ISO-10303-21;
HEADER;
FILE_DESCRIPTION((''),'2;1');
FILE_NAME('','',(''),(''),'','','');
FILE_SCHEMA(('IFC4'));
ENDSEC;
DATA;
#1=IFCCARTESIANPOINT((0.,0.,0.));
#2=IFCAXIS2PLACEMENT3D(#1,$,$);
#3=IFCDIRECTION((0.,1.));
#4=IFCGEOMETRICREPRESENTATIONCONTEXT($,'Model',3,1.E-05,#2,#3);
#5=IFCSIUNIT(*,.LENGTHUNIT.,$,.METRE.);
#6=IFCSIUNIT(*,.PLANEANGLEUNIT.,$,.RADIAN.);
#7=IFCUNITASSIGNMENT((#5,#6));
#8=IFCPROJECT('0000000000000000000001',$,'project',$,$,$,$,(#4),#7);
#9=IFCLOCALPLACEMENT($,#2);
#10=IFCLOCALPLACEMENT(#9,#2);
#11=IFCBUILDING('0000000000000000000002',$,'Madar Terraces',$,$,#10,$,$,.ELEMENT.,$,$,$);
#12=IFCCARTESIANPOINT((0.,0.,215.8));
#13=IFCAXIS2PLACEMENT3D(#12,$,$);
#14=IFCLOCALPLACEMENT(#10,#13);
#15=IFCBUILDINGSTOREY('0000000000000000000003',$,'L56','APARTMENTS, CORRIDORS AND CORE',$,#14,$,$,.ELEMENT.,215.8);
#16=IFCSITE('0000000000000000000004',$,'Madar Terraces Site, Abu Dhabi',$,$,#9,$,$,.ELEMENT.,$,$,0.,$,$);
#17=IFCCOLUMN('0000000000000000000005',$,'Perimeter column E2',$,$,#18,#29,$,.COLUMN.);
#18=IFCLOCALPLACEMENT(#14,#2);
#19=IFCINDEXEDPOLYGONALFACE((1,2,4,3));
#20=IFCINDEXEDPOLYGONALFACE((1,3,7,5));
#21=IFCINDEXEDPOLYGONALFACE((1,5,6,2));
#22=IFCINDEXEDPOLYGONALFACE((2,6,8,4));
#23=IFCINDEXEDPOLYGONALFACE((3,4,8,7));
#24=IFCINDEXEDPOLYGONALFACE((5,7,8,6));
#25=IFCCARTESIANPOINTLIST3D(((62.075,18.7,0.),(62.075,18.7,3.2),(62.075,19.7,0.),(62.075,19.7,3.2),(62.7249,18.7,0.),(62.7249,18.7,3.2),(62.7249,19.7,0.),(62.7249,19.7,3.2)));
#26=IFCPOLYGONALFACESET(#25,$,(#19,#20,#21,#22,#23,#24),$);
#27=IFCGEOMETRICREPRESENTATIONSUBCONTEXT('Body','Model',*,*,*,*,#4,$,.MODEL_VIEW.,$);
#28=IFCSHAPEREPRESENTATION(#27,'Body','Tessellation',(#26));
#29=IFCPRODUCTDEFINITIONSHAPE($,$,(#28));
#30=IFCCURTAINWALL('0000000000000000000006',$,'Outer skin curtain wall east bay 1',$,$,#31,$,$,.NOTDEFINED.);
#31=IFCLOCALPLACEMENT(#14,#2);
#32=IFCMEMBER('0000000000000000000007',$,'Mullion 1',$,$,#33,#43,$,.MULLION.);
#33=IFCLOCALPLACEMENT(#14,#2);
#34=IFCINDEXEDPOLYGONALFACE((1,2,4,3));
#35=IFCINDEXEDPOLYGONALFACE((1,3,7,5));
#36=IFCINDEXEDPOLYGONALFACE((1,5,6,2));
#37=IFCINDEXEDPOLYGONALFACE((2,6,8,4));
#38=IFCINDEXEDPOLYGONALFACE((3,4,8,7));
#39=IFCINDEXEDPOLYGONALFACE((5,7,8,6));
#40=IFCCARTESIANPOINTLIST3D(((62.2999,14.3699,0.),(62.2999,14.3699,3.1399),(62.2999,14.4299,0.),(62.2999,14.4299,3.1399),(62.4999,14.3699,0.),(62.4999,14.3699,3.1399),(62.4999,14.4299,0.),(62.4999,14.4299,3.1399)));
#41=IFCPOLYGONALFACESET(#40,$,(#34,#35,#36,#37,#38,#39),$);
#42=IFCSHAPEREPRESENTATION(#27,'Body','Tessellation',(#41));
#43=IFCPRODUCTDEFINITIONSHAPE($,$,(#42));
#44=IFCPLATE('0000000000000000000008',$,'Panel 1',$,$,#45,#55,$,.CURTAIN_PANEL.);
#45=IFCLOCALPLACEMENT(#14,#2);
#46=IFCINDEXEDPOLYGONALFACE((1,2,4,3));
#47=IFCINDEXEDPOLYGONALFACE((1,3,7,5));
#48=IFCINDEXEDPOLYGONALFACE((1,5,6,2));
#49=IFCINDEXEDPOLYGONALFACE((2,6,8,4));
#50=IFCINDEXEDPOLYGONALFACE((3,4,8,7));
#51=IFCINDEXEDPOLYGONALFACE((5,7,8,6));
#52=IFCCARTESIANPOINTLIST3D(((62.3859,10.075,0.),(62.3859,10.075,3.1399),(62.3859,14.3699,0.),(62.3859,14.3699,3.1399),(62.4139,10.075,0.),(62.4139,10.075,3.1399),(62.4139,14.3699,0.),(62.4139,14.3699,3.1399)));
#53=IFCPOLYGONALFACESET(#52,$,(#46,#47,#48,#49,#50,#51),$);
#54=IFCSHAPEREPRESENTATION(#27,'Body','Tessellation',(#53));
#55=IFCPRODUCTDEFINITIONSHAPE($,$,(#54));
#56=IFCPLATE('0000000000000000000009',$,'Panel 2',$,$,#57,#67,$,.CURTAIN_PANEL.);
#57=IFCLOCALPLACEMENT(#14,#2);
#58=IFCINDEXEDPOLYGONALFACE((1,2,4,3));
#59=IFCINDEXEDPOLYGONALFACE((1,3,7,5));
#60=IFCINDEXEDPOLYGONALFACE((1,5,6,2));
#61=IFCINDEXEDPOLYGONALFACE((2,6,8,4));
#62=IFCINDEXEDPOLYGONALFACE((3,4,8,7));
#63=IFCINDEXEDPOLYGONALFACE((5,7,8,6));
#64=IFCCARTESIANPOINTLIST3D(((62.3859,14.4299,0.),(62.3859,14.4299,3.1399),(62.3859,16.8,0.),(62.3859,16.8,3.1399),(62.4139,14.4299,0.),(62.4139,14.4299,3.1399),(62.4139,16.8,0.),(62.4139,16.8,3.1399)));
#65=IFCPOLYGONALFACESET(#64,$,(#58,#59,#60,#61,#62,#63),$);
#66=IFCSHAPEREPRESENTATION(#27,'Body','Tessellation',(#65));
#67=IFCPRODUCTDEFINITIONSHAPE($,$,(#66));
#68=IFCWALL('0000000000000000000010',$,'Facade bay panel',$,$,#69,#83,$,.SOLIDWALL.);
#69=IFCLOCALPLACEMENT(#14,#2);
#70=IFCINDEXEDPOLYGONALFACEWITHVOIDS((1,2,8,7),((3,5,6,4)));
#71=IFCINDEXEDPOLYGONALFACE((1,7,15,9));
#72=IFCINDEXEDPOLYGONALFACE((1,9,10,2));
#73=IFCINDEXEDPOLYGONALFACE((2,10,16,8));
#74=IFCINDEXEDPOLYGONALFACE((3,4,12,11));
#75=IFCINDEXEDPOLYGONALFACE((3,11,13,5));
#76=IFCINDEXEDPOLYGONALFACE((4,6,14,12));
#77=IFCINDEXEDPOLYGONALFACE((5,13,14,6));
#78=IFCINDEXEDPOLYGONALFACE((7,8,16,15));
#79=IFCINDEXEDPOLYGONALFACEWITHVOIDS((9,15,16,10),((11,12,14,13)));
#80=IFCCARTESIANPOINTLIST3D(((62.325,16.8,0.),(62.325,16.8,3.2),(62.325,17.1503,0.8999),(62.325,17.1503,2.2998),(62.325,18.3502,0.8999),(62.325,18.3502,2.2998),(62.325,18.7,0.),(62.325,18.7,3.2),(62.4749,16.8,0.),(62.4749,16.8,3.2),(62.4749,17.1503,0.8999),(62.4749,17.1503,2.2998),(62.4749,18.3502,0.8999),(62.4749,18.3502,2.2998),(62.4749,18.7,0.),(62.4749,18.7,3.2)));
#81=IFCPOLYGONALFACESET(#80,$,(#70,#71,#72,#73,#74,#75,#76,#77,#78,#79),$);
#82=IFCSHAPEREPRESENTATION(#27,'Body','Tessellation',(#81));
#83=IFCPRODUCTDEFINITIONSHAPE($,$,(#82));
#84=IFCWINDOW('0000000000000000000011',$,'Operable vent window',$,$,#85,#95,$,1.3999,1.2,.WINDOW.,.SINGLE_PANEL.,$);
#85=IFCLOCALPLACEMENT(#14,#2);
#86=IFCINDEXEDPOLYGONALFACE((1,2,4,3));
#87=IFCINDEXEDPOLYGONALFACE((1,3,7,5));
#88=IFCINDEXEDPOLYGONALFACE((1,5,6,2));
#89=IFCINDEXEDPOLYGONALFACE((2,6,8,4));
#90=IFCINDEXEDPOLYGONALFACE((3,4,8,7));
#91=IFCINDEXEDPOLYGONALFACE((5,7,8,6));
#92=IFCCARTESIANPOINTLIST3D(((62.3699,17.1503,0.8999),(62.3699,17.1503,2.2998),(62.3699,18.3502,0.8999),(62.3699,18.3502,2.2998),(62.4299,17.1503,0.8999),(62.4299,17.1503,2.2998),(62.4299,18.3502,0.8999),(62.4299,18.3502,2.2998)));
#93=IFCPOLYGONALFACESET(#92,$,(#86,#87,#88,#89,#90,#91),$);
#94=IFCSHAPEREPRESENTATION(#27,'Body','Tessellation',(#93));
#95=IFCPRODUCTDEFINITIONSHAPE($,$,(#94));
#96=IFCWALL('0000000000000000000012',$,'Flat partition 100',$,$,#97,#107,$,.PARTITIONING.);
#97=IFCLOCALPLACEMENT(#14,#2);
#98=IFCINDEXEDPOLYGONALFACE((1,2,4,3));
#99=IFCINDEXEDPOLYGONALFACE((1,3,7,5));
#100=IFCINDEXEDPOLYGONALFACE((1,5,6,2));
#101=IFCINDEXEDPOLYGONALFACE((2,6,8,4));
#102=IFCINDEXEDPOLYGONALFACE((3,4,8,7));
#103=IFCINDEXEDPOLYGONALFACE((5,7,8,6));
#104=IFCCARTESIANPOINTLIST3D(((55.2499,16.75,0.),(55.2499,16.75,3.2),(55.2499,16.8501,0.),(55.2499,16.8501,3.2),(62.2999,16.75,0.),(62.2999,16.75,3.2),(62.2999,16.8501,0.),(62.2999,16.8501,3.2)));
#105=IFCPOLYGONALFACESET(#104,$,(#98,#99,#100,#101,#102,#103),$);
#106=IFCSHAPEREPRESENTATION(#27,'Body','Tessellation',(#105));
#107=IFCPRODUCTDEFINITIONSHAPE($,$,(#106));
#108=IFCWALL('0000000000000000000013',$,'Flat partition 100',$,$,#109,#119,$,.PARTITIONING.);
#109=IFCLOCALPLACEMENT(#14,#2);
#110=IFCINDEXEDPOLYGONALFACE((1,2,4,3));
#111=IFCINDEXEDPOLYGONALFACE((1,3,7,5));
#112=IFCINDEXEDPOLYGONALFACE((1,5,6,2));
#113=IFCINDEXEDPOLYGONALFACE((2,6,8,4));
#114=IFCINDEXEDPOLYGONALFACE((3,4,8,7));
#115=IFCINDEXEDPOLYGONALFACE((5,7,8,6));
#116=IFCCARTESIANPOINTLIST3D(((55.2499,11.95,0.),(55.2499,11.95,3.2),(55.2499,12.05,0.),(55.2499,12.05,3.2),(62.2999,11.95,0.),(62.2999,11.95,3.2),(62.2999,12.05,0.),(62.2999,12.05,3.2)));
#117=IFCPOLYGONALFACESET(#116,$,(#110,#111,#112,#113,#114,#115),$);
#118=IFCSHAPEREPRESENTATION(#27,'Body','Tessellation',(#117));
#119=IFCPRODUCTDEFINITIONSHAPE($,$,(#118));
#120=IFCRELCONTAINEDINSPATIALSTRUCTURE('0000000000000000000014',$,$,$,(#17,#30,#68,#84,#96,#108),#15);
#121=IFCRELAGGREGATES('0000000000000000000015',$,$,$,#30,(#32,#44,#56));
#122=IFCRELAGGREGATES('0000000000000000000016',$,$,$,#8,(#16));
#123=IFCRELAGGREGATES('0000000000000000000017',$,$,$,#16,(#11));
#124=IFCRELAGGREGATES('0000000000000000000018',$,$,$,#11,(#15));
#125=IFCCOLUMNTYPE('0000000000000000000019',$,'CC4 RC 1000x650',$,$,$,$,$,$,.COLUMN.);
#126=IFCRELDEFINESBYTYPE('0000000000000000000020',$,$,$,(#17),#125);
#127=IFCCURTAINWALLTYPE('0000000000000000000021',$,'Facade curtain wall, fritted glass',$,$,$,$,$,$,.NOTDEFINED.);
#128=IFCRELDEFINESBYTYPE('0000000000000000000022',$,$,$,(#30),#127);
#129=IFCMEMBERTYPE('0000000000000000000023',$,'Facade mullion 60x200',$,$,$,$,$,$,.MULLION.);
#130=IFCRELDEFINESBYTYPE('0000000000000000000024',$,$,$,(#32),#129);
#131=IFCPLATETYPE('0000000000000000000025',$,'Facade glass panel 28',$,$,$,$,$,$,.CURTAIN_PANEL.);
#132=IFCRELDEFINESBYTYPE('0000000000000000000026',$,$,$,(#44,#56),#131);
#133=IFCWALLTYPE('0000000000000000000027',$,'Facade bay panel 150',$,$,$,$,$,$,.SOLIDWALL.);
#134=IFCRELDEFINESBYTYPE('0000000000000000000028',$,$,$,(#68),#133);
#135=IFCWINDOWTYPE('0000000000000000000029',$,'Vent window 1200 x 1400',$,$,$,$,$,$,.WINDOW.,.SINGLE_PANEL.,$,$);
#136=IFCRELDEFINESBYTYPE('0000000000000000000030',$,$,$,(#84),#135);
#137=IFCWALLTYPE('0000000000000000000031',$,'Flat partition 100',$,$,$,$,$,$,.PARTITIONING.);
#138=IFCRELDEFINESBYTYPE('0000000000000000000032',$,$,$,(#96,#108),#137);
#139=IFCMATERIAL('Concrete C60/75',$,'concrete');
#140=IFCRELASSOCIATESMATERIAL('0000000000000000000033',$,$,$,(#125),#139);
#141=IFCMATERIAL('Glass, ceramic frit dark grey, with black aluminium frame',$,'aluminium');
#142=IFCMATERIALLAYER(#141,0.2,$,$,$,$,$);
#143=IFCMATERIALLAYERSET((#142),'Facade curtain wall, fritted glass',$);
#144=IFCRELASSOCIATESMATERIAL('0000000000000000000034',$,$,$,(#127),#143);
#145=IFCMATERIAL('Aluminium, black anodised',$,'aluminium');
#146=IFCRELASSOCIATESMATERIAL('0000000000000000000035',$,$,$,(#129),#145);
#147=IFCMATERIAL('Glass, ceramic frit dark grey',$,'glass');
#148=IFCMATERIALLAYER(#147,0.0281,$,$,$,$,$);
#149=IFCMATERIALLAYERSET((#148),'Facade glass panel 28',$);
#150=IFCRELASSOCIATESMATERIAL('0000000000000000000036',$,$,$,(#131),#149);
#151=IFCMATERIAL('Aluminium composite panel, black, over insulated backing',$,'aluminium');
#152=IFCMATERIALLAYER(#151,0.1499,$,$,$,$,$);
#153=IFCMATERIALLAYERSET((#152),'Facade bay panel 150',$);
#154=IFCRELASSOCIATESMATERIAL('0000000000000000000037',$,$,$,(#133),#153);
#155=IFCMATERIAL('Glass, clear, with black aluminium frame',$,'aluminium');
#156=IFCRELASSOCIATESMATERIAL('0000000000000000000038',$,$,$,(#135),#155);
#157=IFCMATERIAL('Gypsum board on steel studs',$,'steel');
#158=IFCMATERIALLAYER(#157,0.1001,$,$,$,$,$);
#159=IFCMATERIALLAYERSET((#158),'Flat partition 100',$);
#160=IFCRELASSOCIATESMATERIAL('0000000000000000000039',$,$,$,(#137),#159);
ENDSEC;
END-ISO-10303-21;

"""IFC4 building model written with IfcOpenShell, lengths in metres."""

from ifc_helpers import new_model, si_unit, direction, frame, frame_2d, origin, origin_2d, place, context, subcontext, project, spatial, rectangle, extrude, material, layer, layer_set, material_profile, profile_set, type_object, element, fill, aggregate, save


model = new_model("IFC4")

# Units and contexts
model_context = context("Model", 3, precision=1e-05, world=origin(), true_north=direction((0.0, 1.0)))
body_context = subcontext(model_context, "Body", "Model", "MODEL_VIEW")
ifc_project = project(units=[si_unit("LENGTHUNIT", "METRE"), si_unit("PLANEANGLEUNIT", "RADIAN")], contexts=[model_context])

# Site, building, storey
site_placement = place(None, origin())
site = spatial("IfcSite", under=ifc_project, at=site_placement, Name="Madar Terraces Site, Abu Dhabi", CompositionType="ELEMENT", RefElevation=0.0)
building_placement = place(site_placement, origin())
building = spatial("IfcBuilding", under=site, at=building_placement, Name="Madar Terraces", CompositionType="ELEMENT")
storey_placement = place(building_placement, frame((0.0, 0.0, 215.8)))
storey = spatial("IfcBuildingStorey", under=building, at=storey_placement, Name="L56", Description="APARTMENTS, CORRIDORS AND CORE", CompositionType="ELEMENT", Elevation=215.8)

# Column
ifc_material_1 = material(Name="Concrete C60/75", Category="concrete")
ifc_material_profile_1 = material_profile(ifc_material_1, rectangle(XDim=1.0, YDim=0.6499, at=origin_2d()), Name="CC4 RC 1000x650")
ifc_profile_set_1 = profile_set([ifc_material_profile_1], Name="Concrete C60/75")
column_type = type_object("IfcColumnType", Name="CC4 RC 1000x650", PredefinedType="COLUMN", material=ifc_profile_set_1)
column_placement = place(storey_placement, frame((62.3999, 19.2, 0.0), z_axis=(0.0, 0.0, 1.0), x_axis=(0.0, 1.0, 0.0)))
element("IfcColumn", 1, at=column_placement, inside=storey, type_object=column_type, Name="Perimeter column E2", PredefinedType="COLUMN", context=body_context, shape_type="SweptSolid", body=[
    extrude(rectangle(XDim=1.0, YDim=0.6499, at=origin_2d()), origin(), (0.0, 0.0, 1.0), 3.2),
])

# Curtain wall, member, plates
ifc_material_2 = material(Name="Glass, ceramic frit dark grey, with black aluminium frame", Category="aluminium")
ifc_layer_1 = layer(ifc_material_2, 0.2)
ifc_layer_set_1 = layer_set([ifc_layer_1], Name="Facade curtain wall, fritted glass")
curtain_wall_type = type_object("IfcCurtainWallType", Name="Facade curtain wall, fritted glass", PredefinedType="NOTDEFINED", material=ifc_layer_set_1)
curtain_wall_placement = place(storey_placement, origin())
curtain_wall = element("IfcCurtainWall", 2, at=curtain_wall_placement, inside=storey, type_object=curtain_wall_type, Name="Outer skin curtain wall east bay 1", PredefinedType="NOTDEFINED")
ifc_material_3 = material(Name="Aluminium, black anodised", Category="aluminium")
ifc_material_profile_2 = material_profile(ifc_material_3, rectangle(XDim=0.2, YDim=0.0601, at=origin_2d()), Name="Facade mullion 60x200")
ifc_profile_set_2 = profile_set([ifc_material_profile_2], Name="Aluminium, black anodised")
member_type = type_object("IfcMemberType", Name="Facade mullion 60x200", PredefinedType="MULLION", material=ifc_profile_set_2)
member_placement = place(storey_placement, frame((62.3999, 14.3999, 0.0), z_axis=(0.0, 0.0, 1.0), x_axis=(-1.0, 0.0, 0.0)))
member = element("IfcMember", 3, at=member_placement, type_object=member_type, Name="Mullion 1", PredefinedType="MULLION", context=body_context, shape_type="SweptSolid", body=[
    extrude(rectangle(XDim=0.2, YDim=0.0601, at=origin_2d()), origin(), (0.0, 0.0, 1.0), 3.1399),
])
ifc_material_4 = material(Name="Glass, ceramic frit dark grey", Category="glass")
ifc_layer_2 = layer(ifc_material_4, 0.0281)
ifc_layer_set_2 = layer_set([ifc_layer_2], Name="Facade glass panel 28")
plate_type = type_object("IfcPlateType", Name="Facade glass panel 28", PredefinedType="CURTAIN_PANEL", material=ifc_layer_set_2)
plate_1_placement = place(storey_placement, frame((62.3999, 12.2224, 0.0), z_axis=(0.0, 0.0, 1.0), x_axis=(0.0, 1.0, 0.0)))
plate_1 = element("IfcPlate", 4, at=plate_1_placement, type_object=plate_type, Name="Panel 1", PredefinedType="CURTAIN_PANEL", context=body_context, shape_type="SweptSolid", body=[
    extrude(rectangle(XDim=4.2949, YDim=0.0281, at=origin_2d()), origin(), (0.0, 0.0, 1.0), 3.1399),
])
plate_2_placement = place(storey_placement, frame((62.3999, 15.615, 0.0), z_axis=(0.0, 0.0, 1.0), x_axis=(0.0, 1.0, 0.0)))
plate_2 = element("IfcPlate", 5, at=plate_2_placement, type_object=plate_type, Name="Panel 2", PredefinedType="CURTAIN_PANEL", context=body_context, shape_type="SweptSolid", body=[
    extrude(rectangle(XDim=2.3701, YDim=0.0281, at=origin_2d()), origin(), (0.0, 0.0, 1.0), 3.1399),
])
aggregate(curtain_wall, [member, plate_1, plate_2])

# Wall, opening, window
ifc_material_5 = material(Name="Aluminium composite panel, black, over insulated backing", Category="aluminium")
ifc_layer_3 = layer(ifc_material_5, 0.1499)
ifc_layer_set_3 = layer_set([ifc_layer_3], Name="Facade bay panel 150")
wall_type_1 = type_object("IfcWallType", Name="Facade bay panel 150", PredefinedType="SOLIDWALL", material=ifc_layer_set_3)
wall_1_placement = place(storey_placement, frame((62.3999, 16.8, 0.0), z_axis=(0.0, 0.0, 1.0), x_axis=(0.0, 1.0, 0.0)))
wall_1 = element("IfcWall", 6, at=wall_1_placement, inside=storey, type_object=wall_type_1, Name="Facade bay panel", PredefinedType="SOLIDWALL", context=body_context, shape_type="SweptSolid", body=[
    extrude(rectangle(XDim=1.8999, YDim=0.1499, at=frame_2d((0.95, 0.0))), origin(), (0.0, 0.0, 1.0), 3.2),
])
opening_1_placement = place(wall_1_placement, frame((0.3501, 0.0, 0.8999)))
opening_1 = element("IfcOpeningElement", 7, at=opening_1_placement, cuts=wall_1, PredefinedType="OPENING", context=body_context, shape_type="SweptSolid", body=[
    extrude(rectangle(XDim=1.2, YDim=1.3999, at=frame_2d((0.6001, 0.7))), frame((0.0, 0.085, 0.0), z_axis=(0.0, -1.0, 0.0), x_axis=(1.0, 0.0, 0.0)), (0.0, 0.0, 1.0), 0.1699),
])
ifc_material_6 = material(Name="Glass, clear, with black aluminium frame", Category="aluminium")
window_type = type_object("IfcWindowType", Name="Vent window 1200 x 1400", PartitioningType="SINGLE_PANEL", PredefinedType="WINDOW", material=ifc_material_6)
window_placement = place(opening_1_placement, origin())
window = element("IfcWindow", 8, at=window_placement, inside=storey, type_object=window_type, Name="Operable vent window", OverallHeight=1.3999, OverallWidth=1.2, PartitioningType="SINGLE_PANEL", PredefinedType="WINDOW", context=body_context, shape_type="SweptSolid", body=[
    extrude(rectangle(XDim=1.2, YDim=1.3999, at=frame_2d((0.6001, 0.7))), frame((0.0, 0.03, 0.0), z_axis=(0.0, -1.0, 0.0), x_axis=(1.0, 0.0, 0.0)), (0.0, 0.0, 1.0), 0.0601),
])
fill(opening_1, window)

# Walls
ifc_material_7 = material(Name="Gypsum board on steel studs", Category="steel")
ifc_layer_4 = layer(ifc_material_7, 0.1001)
ifc_layer_set_4 = layer_set([ifc_layer_4], Name="Flat partition 100")
wall_type_2 = type_object("IfcWallType", Name="Flat partition 100", PredefinedType="PARTITIONING", material=ifc_layer_set_4)
for number, where, z_axis, x_axis, name in (
    (9, (55.25, 16.8, 0.0), (0.0, 0.0, 1.0), (1.0, 0.0, 0.0), "Flat partition 100"),
    (10, (55.25, 12.0, 0.0), (0.0, 0.0, 1.0), (1.0, 0.0, 0.0), "Flat partition 100"),
):
    element("IfcWall", number, at=place(storey_placement, frame(where, z_axis=z_axis, x_axis=x_axis)), inside=storey, type_object=wall_type_2, Name=name, PredefinedType="PARTITIONING", context=body_context, shape_type="SweptSolid", body=[
        extrude(rectangle(XDim=7.05, YDim=0.1001, at=frame_2d((3.5249, 0.0))), origin(), (0.0, 0.0, 1.0), 3.2),
    ])

save(model, "model.ifc")
